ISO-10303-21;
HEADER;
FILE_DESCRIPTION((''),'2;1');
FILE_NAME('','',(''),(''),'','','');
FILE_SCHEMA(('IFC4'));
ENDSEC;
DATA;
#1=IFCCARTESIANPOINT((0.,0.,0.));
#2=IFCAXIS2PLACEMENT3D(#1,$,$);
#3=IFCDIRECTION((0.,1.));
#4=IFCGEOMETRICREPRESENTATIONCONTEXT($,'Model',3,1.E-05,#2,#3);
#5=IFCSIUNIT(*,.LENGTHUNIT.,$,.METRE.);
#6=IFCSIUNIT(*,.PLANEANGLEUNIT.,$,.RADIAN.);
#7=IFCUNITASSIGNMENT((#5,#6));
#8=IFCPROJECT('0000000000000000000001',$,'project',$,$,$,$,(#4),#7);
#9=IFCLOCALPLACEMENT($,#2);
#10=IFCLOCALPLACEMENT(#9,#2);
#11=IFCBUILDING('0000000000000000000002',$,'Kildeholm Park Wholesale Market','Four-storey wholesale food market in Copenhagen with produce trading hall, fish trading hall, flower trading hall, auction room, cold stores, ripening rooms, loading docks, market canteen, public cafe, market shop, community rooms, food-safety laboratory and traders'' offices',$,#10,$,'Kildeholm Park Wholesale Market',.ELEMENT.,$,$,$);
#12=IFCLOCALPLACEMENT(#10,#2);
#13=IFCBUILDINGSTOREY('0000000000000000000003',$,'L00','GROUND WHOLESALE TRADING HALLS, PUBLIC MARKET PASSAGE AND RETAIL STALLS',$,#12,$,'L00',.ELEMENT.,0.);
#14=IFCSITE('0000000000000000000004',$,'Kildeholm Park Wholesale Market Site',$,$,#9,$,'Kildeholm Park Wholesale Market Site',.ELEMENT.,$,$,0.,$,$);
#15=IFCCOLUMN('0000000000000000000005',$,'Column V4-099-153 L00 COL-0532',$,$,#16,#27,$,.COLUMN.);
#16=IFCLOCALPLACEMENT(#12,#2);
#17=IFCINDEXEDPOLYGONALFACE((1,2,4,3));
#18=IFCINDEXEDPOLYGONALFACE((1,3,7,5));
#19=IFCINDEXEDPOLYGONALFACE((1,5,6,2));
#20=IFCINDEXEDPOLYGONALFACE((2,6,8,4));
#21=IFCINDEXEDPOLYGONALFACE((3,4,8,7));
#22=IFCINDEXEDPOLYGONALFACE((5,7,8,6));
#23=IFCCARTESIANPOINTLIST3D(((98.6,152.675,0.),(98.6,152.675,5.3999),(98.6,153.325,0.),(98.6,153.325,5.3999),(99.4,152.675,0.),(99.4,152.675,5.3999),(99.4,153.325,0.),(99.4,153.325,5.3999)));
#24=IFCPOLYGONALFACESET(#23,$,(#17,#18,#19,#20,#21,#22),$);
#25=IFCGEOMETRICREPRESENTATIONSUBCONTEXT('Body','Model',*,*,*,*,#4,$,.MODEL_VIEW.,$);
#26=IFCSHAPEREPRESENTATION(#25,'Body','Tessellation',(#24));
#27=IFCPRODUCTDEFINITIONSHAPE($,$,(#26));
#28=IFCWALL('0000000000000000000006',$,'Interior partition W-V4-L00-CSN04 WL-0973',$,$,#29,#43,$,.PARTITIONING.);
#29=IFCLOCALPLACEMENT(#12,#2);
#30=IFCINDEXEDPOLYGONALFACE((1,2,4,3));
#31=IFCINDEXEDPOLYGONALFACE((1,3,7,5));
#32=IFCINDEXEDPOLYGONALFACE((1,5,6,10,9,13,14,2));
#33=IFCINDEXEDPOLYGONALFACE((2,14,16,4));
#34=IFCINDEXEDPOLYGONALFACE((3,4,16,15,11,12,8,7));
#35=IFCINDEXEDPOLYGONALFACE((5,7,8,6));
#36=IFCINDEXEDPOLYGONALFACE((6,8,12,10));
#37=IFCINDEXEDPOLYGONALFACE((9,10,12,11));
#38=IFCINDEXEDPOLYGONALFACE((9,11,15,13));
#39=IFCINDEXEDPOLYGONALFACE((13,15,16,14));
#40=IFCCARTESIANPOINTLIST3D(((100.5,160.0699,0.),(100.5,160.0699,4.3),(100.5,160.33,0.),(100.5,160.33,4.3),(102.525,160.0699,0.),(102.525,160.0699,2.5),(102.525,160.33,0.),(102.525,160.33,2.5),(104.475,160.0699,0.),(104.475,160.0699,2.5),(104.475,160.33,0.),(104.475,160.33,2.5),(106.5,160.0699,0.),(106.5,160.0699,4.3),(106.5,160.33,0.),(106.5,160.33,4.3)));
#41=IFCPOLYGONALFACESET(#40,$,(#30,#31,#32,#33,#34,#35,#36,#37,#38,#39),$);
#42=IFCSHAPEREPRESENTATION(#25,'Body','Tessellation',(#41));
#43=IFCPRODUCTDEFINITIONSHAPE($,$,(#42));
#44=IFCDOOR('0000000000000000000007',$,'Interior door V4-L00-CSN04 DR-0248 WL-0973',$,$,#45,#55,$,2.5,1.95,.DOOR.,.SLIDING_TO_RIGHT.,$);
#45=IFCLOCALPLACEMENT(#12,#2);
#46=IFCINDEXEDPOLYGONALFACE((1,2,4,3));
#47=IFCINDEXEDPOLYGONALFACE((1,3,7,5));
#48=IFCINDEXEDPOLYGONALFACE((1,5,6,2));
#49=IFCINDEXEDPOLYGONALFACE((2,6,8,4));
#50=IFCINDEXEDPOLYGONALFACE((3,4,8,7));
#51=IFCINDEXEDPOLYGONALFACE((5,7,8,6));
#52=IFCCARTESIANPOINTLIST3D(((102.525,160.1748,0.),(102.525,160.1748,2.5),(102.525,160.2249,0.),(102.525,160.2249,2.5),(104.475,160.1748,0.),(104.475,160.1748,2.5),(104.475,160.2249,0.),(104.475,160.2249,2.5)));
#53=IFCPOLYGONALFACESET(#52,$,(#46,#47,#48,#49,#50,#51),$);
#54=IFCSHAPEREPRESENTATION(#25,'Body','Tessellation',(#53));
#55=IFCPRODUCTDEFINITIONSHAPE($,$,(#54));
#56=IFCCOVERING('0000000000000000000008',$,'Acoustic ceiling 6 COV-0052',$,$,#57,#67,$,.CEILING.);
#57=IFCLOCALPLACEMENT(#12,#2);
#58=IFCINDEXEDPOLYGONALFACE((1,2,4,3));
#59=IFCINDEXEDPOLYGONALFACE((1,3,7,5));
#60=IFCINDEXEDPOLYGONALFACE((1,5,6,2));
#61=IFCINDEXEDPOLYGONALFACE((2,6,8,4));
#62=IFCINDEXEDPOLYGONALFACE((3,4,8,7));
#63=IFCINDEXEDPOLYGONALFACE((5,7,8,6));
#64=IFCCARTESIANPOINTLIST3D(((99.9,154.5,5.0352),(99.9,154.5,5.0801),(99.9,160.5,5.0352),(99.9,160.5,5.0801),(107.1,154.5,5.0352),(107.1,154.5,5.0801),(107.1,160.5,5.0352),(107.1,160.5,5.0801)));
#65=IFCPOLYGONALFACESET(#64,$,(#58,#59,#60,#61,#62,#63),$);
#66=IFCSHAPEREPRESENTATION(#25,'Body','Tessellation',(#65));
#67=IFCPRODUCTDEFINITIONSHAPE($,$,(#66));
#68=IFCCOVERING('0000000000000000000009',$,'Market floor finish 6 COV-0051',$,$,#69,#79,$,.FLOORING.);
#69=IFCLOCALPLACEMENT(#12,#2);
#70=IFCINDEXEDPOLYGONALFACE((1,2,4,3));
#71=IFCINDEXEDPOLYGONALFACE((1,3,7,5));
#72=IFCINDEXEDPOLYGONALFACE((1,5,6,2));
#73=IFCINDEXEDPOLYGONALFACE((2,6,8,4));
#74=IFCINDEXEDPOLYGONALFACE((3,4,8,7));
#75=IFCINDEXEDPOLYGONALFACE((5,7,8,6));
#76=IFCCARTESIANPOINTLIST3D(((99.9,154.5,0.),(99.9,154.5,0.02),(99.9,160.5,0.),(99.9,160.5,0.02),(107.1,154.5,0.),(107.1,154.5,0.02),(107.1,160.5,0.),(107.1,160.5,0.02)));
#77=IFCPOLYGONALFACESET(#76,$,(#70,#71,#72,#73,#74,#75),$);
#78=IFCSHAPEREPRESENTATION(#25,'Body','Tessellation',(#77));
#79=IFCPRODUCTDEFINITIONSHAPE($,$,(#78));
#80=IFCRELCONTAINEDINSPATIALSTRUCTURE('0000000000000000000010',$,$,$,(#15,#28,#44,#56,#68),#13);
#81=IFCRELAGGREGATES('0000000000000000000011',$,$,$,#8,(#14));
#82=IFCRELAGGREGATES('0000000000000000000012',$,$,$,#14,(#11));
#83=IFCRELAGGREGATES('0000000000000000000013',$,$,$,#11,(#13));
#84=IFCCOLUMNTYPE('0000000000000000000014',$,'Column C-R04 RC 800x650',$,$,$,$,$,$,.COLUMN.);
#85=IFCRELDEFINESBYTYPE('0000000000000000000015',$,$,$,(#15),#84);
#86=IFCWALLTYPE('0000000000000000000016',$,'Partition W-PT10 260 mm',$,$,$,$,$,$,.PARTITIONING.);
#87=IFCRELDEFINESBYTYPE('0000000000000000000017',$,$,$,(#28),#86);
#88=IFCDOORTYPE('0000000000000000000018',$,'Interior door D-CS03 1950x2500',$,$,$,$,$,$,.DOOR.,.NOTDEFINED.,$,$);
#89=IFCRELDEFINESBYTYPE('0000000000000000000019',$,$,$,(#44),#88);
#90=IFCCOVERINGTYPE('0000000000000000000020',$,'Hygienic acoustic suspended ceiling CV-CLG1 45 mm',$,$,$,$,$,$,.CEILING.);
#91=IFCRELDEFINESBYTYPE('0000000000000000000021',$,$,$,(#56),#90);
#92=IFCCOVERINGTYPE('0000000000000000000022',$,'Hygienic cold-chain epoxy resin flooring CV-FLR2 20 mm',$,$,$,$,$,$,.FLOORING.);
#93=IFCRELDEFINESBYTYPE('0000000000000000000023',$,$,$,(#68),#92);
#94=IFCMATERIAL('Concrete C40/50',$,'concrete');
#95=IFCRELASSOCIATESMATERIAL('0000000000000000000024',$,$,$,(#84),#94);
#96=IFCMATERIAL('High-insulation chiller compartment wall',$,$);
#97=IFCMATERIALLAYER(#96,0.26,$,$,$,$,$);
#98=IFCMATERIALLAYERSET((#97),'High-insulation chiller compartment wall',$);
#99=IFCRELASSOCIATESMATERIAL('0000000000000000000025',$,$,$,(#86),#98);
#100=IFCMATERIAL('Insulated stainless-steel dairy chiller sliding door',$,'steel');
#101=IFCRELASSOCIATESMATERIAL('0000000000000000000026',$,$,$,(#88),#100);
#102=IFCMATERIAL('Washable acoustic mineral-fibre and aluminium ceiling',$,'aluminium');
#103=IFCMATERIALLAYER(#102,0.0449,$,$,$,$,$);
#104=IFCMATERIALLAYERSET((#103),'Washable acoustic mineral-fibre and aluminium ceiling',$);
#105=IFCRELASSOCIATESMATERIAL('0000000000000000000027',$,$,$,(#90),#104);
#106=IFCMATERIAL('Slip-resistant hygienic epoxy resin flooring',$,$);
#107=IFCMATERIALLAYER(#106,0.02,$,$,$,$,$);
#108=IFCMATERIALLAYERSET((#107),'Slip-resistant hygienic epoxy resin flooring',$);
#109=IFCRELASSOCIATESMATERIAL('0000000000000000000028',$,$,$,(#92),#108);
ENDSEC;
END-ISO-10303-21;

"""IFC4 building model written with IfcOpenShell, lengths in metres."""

from ifc_helpers import new_model, si_unit, direction, frame, frame_2d, origin, origin_2d, place, context, subcontext, project, spatial, rectangle, extrude, material, layer, layer_set, material_profile, profile_set, type_object, element, fill, save


model = new_model("IFC4")

# Units and contexts
model_context = context("Model", 3, precision=1e-05, world=origin(), true_north=direction((0.0, 1.0)))
body_context = subcontext(model_context, "Body", "Model", "MODEL_VIEW")
ifc_project = project(units=[si_unit("LENGTHUNIT", "METRE"), si_unit("PLANEANGLEUNIT", "RADIAN")], contexts=[model_context])

# Site, building, storey
site_placement = place(None, origin())
site = spatial("IfcSite", under=ifc_project, at=site_placement, Name="Kildeholm Park Wholesale Market Site", LongName="Kildeholm Park Wholesale Market Site", CompositionType="ELEMENT", RefElevation=0.0)
building_placement = place(site_placement, origin())
building = spatial("IfcBuilding", under=site, at=building_placement, Name="Kildeholm Park Wholesale Market", Description="Four-storey wholesale food market in Copenhagen with produce trading hall, fish trading hall, flower trading hall, auction room, cold stores, ripening rooms, loading docks, market canteen, public cafe, market shop, community rooms, food-safety laboratory and traders' offices", LongName="Kildeholm Park Wholesale Market", CompositionType="ELEMENT")
storey_placement = place(building_placement, origin())
storey = spatial("IfcBuildingStorey", under=building, at=storey_placement, Name="L00", Description="GROUND WHOLESALE TRADING HALLS, PUBLIC MARKET PASSAGE AND RETAIL STALLS", LongName="L00", CompositionType="ELEMENT", Elevation=0.0)

# Column
ifc_material_1 = material(Name="Concrete C40/50", Category="concrete")
ifc_material_profile_1 = material_profile(ifc_material_1, rectangle(XDim=0.8, YDim=0.6499, at=origin_2d()), Name="RC 800x650")
ifc_profile_set_1 = profile_set([ifc_material_profile_1], Name="Concrete C40/50")
column_type_1 = type_object("IfcColumnType", Name="Column C-R04 RC 800x650", PredefinedType="COLUMN", material=ifc_profile_set_1)
column_placement = place(storey_placement, frame((99.0, 153.0, 0.0), z_axis=(0.0, 0.0, 1.0), x_axis=(1.0, 0.0, 0.0)))
element("IfcColumn", 1, at=column_placement, inside=storey, type_object=column_type_1, Name="Column V4-099-153 L00 COL-0532", PredefinedType="COLUMN", context=body_context, shape_type="SweptSolid", body=[
    extrude(rectangle(XDim=0.8, YDim=0.6499, at=origin_2d()), origin(), (0.0, 0.0, 1.0), 5.3999),
])

# Wall, opening, door
ifc_material_2 = material(Name="High-insulation chiller compartment wall")
ifc_layer_1 = layer(ifc_material_2, 0.26)
ifc_layer_set_1 = layer_set([ifc_layer_1], Name="High-insulation chiller compartment wall")
wall_type = type_object("IfcWallType", Name="Partition W-PT10 260 mm", PredefinedType="PARTITIONING", material=ifc_layer_set_1)
wall_placement = place(storey_placement, frame((100.5, 160.2, 0.0), z_axis=(0.0, 0.0, 1.0), x_axis=(1.0, 0.0, 0.0)))
wall = element("IfcWall", 2, at=wall_placement, inside=storey, type_object=wall_type, Name="Interior partition W-V4-L00-CSN04 WL-0973", PredefinedType="PARTITIONING", context=body_context, shape_type="SweptSolid", body=[
    extrude(rectangle(XDim=6.0, YDim=0.26, at=frame_2d((3.0, 0.0))), origin(), (0.0, 0.0, 1.0), 4.3),
])
opening_placement = place(wall_placement, frame((2.0249, 0.0, 0.0)))
opening = element("IfcOpeningElement", 3, at=opening_placement, cuts=wall, PredefinedType="OPENING", context=body_context, shape_type="SweptSolid", body=[
    extrude(rectangle(XDim=1.95, YDim=2.5, at=frame_2d((0.9751, 1.25))), frame((0.0, 0.1399, 0.0), z_axis=(0.0, -1.0, 0.0), x_axis=(1.0, 0.0, 0.0)), (0.0, 0.0, 1.0), 0.28),
])
ifc_material_3 = material(Name="Insulated stainless-steel dairy chiller sliding door", Category="steel")
door_type = type_object("IfcDoorType", Name="Interior door D-CS03 1950x2500", OperationType="NOTDEFINED", PredefinedType="DOOR", material=ifc_material_3)
door_placement = place(opening_placement, origin())
door = element("IfcDoor", 4, at=door_placement, inside=storey, type_object=door_type, Name="Interior door V4-L00-CSN04 DR-0248 WL-0973", OperationType="SLIDING_TO_RIGHT", OverallHeight=2.5, OverallWidth=1.95, PredefinedType="DOOR", context=body_context, shape_type="SweptSolid", body=[
    extrude(rectangle(XDim=1.95, YDim=2.5, at=frame_2d((0.9751, 1.25))), frame((0.0, 0.0249, 0.0), z_axis=(0.0, -1.0, 0.0), x_axis=(1.0, 0.0, 0.0)), (0.0, 0.0, 1.0), 0.05),
])
fill(opening, door)

# Coverings
ifc_material_4 = material(Name="Washable acoustic mineral-fibre and aluminium ceiling", Category="aluminium")
ifc_layer_2 = layer(ifc_material_4, 0.0449)
ifc_layer_set_2 = layer_set([ifc_layer_2], Name="Washable acoustic mineral-fibre and aluminium ceiling")
covering_type_1 = type_object("IfcCoveringType", Name="Hygienic acoustic suspended ceiling CV-CLG1 45 mm", PredefinedType="CEILING", material=ifc_layer_set_2)
covering_1_placement = place(storey_placement, frame((103.5, 157.5, 5.0352), z_axis=(0.0, 0.0, 1.0), x_axis=(1.0, 0.0, 0.0)))
element("IfcCovering", 5, at=covering_1_placement, inside=storey, type_object=covering_type_1, Name="Acoustic ceiling 6 COV-0052", PredefinedType="CEILING", context=body_context, shape_type="SweptSolid", body=[
    extrude(rectangle(XDim=7.2, YDim=6.0, at=origin_2d()), origin(), (0.0, 0.0, 1.0), 0.0449),
])
ifc_material_5 = material(Name="Slip-resistant hygienic epoxy resin flooring")
ifc_layer_3 = layer(ifc_material_5, 0.02)
ifc_layer_set_3 = layer_set([ifc_layer_3], Name="Slip-resistant hygienic epoxy resin flooring")
covering_type_2 = type_object("IfcCoveringType", Name="Hygienic cold-chain epoxy resin flooring CV-FLR2 20 mm", PredefinedType="FLOORING", material=ifc_layer_set_3)
covering_2_placement = place(storey_placement, frame((103.5, 157.5, 0.0), z_axis=(0.0, 0.0, 1.0), x_axis=(1.0, 0.0, 0.0)))
element("IfcCovering", 6, at=covering_2_placement, inside=storey, type_object=covering_type_2, Name="Market floor finish 6 COV-0051", PredefinedType="FLOORING", context=body_context, shape_type="SweptSolid", body=[
    extrude(rectangle(XDim=7.2, YDim=6.0, at=origin_2d()), origin(), (0.0, 0.0, 1.0), 0.02),
])

save(model, "model.ifc")
